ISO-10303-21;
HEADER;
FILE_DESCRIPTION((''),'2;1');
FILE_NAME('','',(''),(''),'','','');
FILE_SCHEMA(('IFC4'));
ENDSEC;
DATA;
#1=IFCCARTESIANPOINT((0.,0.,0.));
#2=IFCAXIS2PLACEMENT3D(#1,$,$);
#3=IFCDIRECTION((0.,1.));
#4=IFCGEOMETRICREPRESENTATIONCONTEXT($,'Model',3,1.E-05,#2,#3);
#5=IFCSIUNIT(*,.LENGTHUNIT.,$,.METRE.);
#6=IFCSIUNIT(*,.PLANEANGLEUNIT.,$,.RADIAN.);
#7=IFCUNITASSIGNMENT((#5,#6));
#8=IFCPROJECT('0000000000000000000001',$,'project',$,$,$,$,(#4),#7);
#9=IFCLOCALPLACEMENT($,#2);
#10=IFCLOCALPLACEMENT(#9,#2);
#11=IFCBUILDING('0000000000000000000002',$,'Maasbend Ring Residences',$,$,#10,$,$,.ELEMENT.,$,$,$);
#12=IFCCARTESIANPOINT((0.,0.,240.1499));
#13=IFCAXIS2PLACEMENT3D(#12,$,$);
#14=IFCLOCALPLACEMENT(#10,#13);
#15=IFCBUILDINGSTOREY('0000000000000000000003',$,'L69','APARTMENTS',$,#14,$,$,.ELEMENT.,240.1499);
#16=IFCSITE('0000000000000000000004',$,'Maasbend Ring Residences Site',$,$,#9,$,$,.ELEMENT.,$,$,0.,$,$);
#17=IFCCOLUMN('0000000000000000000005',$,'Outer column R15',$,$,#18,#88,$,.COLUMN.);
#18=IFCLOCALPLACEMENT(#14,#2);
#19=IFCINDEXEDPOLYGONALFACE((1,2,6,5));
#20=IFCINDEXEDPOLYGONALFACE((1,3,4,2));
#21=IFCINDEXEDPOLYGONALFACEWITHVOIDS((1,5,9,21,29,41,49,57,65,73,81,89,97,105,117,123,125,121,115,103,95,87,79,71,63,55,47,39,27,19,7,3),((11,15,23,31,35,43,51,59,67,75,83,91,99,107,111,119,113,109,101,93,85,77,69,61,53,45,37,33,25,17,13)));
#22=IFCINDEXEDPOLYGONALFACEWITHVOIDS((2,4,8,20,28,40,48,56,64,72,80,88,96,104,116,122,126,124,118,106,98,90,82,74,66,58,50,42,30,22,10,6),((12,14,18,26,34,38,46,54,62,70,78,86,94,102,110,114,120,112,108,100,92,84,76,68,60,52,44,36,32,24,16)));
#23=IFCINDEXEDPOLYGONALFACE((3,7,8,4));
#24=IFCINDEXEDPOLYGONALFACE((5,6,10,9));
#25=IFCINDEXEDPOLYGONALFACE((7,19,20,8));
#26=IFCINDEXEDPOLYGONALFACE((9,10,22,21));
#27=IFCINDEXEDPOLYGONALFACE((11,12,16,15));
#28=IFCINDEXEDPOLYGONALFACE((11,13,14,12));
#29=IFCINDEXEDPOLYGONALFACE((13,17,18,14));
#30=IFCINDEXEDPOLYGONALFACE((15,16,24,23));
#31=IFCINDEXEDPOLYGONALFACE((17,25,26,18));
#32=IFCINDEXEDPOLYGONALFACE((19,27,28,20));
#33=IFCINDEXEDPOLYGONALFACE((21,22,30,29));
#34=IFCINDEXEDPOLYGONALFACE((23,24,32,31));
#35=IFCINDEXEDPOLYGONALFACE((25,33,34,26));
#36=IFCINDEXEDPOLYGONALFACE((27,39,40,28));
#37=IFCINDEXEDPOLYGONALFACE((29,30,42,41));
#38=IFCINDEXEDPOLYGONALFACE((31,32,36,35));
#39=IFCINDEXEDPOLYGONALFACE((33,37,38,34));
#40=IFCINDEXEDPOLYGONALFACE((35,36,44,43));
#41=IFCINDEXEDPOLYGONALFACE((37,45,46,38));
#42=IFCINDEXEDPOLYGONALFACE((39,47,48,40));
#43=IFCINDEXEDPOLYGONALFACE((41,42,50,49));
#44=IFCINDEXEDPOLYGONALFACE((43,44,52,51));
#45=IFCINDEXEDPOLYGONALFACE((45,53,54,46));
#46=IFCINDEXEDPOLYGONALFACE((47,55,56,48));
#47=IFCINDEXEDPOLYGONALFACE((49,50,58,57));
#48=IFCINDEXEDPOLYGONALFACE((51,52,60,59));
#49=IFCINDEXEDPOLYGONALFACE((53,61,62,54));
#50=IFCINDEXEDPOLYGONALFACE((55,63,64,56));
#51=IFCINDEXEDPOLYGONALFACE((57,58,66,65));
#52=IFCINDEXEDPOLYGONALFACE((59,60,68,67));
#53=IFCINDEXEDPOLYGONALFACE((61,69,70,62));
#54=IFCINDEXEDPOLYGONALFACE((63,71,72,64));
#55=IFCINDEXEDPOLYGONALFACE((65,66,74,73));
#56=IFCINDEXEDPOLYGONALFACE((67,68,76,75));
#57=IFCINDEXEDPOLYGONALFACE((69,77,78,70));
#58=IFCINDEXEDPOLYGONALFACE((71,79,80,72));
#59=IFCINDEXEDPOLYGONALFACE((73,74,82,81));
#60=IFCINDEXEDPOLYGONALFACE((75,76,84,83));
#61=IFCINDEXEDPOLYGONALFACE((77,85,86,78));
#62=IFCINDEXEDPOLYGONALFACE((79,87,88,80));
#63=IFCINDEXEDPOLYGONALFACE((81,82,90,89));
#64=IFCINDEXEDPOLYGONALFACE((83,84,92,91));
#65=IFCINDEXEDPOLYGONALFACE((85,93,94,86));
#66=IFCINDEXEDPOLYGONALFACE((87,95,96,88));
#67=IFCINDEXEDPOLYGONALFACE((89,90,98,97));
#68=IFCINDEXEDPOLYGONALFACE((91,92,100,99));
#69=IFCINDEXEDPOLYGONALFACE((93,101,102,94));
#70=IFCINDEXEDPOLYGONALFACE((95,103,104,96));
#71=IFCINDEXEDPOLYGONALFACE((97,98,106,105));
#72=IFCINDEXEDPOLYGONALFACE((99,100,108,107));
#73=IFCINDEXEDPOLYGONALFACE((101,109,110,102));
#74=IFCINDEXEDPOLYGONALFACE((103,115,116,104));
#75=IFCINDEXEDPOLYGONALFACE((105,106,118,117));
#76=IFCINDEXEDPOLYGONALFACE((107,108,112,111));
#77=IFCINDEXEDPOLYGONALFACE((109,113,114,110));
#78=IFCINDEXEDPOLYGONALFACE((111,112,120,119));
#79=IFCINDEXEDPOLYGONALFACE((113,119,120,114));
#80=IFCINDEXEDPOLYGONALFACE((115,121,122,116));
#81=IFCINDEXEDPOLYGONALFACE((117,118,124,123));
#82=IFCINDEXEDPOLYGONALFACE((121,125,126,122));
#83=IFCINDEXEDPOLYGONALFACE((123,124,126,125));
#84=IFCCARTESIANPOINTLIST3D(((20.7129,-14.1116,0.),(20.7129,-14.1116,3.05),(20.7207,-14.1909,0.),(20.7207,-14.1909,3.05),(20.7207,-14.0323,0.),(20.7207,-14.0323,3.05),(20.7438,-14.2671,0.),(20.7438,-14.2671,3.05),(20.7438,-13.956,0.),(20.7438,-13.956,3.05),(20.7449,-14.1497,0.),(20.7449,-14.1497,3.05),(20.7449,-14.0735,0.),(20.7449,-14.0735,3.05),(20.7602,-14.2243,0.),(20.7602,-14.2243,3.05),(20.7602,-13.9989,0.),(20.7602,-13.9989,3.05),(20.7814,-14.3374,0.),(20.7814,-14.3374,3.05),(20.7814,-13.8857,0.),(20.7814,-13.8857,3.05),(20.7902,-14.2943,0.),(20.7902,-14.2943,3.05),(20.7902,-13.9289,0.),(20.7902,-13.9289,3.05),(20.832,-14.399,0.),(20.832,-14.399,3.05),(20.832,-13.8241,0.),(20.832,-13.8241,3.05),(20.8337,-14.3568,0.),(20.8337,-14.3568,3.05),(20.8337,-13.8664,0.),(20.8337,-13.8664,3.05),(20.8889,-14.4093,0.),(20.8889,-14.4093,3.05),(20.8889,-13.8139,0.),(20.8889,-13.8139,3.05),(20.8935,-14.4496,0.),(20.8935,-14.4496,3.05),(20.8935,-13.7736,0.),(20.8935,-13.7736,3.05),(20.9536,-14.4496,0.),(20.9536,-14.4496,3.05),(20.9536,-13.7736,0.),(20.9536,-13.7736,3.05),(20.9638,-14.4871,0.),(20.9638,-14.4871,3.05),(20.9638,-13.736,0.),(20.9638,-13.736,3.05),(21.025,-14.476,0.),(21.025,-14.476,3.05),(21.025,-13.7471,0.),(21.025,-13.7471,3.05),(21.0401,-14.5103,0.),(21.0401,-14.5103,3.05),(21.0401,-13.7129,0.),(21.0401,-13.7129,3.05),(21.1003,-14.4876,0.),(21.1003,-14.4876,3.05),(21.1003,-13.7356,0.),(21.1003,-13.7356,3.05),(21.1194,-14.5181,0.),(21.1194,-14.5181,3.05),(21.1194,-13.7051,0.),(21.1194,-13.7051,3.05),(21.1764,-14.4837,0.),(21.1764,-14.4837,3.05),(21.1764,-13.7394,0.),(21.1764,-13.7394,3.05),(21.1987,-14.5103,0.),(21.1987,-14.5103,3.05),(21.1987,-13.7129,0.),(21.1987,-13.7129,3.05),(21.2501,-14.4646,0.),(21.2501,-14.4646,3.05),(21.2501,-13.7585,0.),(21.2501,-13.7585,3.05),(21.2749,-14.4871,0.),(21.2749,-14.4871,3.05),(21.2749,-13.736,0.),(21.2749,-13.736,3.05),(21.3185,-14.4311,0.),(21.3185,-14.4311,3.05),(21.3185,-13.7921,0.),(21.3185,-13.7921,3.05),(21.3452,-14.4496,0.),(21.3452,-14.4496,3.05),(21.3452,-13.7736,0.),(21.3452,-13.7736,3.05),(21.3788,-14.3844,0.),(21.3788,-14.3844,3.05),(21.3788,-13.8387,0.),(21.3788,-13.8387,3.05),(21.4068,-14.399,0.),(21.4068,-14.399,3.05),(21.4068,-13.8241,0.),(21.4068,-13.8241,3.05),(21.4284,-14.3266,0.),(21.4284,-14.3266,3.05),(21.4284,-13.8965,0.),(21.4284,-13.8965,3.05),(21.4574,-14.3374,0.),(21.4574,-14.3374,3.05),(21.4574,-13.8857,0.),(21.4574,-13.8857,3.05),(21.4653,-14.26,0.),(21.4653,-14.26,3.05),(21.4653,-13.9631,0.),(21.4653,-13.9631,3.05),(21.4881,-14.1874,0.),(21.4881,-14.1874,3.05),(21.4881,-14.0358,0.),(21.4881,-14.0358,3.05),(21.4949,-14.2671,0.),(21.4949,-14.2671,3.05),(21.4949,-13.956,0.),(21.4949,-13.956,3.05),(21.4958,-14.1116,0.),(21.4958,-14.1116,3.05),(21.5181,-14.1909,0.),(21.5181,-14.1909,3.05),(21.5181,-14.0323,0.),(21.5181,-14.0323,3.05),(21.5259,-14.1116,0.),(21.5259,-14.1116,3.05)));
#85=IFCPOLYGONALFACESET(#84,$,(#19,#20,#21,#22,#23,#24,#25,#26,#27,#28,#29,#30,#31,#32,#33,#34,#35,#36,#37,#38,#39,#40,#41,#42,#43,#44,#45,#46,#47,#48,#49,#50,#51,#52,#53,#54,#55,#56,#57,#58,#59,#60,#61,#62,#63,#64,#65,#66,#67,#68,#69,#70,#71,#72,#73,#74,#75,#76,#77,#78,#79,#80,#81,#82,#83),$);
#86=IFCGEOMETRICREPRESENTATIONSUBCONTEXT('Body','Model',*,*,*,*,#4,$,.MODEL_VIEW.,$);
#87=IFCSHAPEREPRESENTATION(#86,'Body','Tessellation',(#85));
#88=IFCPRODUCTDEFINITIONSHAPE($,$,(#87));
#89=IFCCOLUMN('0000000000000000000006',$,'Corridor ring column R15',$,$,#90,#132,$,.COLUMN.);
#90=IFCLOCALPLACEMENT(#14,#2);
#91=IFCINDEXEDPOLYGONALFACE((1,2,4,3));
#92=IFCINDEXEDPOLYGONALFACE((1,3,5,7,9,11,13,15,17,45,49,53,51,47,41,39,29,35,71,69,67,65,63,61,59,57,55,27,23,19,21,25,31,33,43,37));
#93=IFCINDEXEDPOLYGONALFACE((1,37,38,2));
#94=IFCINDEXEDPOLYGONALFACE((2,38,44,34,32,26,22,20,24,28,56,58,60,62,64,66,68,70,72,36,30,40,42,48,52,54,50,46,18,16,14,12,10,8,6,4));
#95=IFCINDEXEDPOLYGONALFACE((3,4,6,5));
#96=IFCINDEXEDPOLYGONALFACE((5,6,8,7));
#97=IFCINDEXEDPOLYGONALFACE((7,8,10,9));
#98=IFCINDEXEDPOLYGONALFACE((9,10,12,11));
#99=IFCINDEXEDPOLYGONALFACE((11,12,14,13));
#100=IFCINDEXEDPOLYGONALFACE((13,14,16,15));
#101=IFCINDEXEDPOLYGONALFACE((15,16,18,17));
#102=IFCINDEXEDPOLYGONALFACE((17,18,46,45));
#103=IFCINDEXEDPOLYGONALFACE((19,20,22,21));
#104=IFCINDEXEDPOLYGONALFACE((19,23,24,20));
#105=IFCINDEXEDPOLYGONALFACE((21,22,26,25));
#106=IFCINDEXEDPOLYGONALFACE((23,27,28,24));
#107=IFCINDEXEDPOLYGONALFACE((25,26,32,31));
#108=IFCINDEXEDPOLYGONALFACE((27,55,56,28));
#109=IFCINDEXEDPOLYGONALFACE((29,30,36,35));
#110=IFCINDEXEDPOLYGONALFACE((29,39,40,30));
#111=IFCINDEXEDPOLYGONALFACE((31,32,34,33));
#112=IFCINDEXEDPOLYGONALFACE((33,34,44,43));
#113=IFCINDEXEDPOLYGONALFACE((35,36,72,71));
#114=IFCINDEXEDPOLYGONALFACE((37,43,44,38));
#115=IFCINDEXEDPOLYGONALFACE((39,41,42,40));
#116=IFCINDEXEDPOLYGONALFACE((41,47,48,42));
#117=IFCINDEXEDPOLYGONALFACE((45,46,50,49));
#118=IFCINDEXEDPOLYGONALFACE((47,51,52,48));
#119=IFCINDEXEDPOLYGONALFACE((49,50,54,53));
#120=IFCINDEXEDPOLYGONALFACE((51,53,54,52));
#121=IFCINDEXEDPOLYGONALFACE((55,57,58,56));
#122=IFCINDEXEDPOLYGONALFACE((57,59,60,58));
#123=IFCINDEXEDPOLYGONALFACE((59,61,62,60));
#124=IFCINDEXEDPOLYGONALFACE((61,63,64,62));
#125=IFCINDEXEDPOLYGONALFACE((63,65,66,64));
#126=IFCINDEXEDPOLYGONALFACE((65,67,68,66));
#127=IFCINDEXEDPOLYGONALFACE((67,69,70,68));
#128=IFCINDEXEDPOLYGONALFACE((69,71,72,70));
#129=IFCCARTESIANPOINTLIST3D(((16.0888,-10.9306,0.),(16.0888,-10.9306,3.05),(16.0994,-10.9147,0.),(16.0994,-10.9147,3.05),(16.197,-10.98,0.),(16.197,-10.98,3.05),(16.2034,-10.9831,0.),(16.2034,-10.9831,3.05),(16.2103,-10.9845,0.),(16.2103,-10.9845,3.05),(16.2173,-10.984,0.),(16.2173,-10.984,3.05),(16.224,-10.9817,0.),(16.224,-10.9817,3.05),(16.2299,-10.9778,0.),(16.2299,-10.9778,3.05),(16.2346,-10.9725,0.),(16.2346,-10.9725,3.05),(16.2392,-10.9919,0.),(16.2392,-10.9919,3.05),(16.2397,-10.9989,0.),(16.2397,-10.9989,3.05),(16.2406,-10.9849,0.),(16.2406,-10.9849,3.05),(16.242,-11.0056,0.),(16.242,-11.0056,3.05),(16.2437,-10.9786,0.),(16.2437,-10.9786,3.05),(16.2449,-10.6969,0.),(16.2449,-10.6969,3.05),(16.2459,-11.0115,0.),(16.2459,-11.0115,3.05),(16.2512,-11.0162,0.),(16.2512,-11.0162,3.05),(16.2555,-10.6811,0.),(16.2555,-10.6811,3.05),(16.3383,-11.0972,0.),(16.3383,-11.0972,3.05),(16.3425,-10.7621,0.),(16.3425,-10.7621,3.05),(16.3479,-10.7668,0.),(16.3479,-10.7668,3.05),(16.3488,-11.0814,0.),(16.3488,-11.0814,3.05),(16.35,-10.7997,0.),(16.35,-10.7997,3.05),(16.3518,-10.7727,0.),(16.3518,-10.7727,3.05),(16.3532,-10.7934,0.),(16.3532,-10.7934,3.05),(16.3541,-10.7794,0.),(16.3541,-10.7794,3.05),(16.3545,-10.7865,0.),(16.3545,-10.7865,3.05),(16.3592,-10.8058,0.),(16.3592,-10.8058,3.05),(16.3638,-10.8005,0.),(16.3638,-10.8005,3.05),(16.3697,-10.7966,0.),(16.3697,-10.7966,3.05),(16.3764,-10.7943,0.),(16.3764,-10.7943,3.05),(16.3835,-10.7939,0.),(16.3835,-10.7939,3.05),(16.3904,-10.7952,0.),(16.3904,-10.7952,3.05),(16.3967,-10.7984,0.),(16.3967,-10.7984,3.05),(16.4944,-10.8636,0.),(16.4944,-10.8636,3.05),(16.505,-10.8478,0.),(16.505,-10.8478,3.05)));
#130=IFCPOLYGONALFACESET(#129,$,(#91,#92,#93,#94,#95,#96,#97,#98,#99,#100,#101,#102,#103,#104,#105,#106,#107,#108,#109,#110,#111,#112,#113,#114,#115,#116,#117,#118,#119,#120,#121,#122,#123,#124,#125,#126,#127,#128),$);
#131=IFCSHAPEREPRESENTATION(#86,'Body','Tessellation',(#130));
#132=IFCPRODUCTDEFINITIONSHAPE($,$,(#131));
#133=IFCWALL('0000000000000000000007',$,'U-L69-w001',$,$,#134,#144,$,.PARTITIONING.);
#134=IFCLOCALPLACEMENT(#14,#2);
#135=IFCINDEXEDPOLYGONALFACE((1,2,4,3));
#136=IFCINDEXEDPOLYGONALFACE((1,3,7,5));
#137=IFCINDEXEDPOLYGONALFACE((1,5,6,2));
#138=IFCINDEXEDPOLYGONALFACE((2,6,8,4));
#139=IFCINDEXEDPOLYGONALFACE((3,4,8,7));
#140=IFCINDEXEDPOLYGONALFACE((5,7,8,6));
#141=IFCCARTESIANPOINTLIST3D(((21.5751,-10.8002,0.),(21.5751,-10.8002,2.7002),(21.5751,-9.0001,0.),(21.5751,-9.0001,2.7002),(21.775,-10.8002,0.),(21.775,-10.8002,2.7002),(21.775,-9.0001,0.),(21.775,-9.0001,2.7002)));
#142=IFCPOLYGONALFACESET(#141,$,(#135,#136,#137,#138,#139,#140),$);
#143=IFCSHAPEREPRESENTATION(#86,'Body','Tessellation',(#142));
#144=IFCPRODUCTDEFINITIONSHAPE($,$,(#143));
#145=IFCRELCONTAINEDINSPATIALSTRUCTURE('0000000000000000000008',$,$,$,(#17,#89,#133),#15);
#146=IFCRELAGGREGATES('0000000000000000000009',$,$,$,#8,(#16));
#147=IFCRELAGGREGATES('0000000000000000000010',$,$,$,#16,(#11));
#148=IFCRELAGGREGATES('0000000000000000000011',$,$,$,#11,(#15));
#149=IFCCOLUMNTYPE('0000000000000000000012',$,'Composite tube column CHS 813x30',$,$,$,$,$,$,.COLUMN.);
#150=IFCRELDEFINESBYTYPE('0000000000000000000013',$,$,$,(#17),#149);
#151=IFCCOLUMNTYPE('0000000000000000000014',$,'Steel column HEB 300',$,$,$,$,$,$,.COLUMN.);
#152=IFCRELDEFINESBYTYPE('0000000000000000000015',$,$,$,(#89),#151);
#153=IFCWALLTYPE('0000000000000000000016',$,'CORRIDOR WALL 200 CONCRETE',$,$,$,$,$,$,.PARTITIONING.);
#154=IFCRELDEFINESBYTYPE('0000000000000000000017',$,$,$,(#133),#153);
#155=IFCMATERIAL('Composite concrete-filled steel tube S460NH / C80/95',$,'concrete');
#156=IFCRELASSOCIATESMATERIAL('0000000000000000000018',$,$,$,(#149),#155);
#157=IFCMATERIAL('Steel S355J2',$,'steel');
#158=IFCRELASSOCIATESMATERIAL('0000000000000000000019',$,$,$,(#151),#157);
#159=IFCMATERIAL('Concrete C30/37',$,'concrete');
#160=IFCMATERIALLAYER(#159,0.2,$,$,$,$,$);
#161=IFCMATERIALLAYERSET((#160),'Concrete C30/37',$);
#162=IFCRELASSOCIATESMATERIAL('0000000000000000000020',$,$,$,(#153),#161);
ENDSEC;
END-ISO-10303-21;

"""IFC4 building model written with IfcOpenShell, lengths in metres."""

from ifc_helpers import new_model, si_unit, direction, frame, frame_2d, origin, origin_2d, place, context, subcontext, project, spatial, rectangle, hollow_circle, i_section, extrude, material, layer, layer_set, material_profile, profile_set, type_object, element, save


model = new_model("IFC4")

# Units and contexts
model_context = context("Model", 3, precision=1e-05, world=origin(), true_north=direction((0.0, 1.0)))
body_context = subcontext(model_context, "Body", "Model", "MODEL_VIEW")
ifc_project = project(units=[si_unit("LENGTHUNIT", "METRE"), si_unit("PLANEANGLEUNIT", "RADIAN")], contexts=[model_context])

# Site, building, storey
site_placement = place(None, origin())
site = spatial("IfcSite", under=ifc_project, at=site_placement, Name="Maasbend Ring Residences Site", CompositionType="ELEMENT", RefElevation=0.0)
building_placement = place(site_placement, origin())
building = spatial("IfcBuilding", under=site, at=building_placement, Name="Maasbend Ring Residences", CompositionType="ELEMENT")
storey_placement = place(building_placement, frame((0.0, 0.0, 240.1499)))
storey = spatial("IfcBuildingStorey", under=building, at=storey_placement, Name="L69", Description="APARTMENTS", CompositionType="ELEMENT", Elevation=240.1499)

# Columns
ifc_material_1 = material(Name="Composite concrete-filled steel tube S460NH / C80/95", Category="concrete")
ifc_material_profile_1 = material_profile(ifc_material_1, hollow_circle(Radius=0.4065, WallThickness=0.03, at=origin_2d()), Name="Composite tube column CHS 813x30")
ifc_profile_set_1 = profile_set([ifc_material_profile_1], Name="Composite concrete-filled steel tube S460NH / C80/95")
column_type_1 = type_object("IfcColumnType", Name="Composite tube column CHS 813x30", PredefinedType="COLUMN", material=ifc_profile_set_1)
column_1_placement = place(storey_placement, frame((21.1194, -14.1116, 0.0), z_axis=(0.0, 0.0, 1.0), x_axis=(1.0, 0.0, 0.0)))
element("IfcColumn", 1, at=column_1_placement, inside=storey, type_object=column_type_1, Name="Outer column R15", PredefinedType="COLUMN", context=body_context, shape_type="SweptSolid", body=[
    extrude(hollow_circle(Radius=0.4065, WallThickness=0.03, at=origin_2d()), origin(), (0.0, 0.0, 1.0), 3.05),
])
ifc_material_2 = material(Name="Steel S355J2", Category="steel")
ifc_material_profile_2 = material_profile(ifc_material_2, i_section(OverallWidth=0.3, OverallDepth=0.3, WebThickness=0.011, FlangeThickness=0.019, FilletRadius=0.0271, at=origin_2d()), Name="HEB 300")
ifc_profile_set_2 = profile_set([ifc_material_profile_2], Name="Steel S355J2")
column_type_2 = type_object("IfcColumnType", Name="Steel column HEB 300", PredefinedType="COLUMN", material=ifc_profile_set_2)
column_2_placement = place(storey_placement, frame((16.2969, -10.8892, 0.0), z_axis=(0.0, 0.0, 1.0), x_axis=(0.83147, -0.55557, 0.0)))
element("IfcColumn", 2, at=column_2_placement, inside=storey, type_object=column_type_2, Name="Corridor ring column R15", PredefinedType="COLUMN", context=body_context, shape_type="SweptSolid", body=[
    extrude(i_section(OverallWidth=0.3, OverallDepth=0.3, WebThickness=0.011, FlangeThickness=0.019, FilletRadius=0.0271, at=origin_2d()), origin(), (0.0, 0.0, 1.0), 3.05),
])

# Wall
ifc_material_3 = material(Name="Concrete C30/37", Category="concrete")
ifc_layer_1 = layer(ifc_material_3, 0.2)
ifc_layer_set_1 = layer_set([ifc_layer_1], Name="Concrete C30/37")
wall_type_1 = type_object("IfcWallType", Name="CORRIDOR WALL 200 CONCRETE", PredefinedType="PARTITIONING", material=ifc_layer_set_1)
wall_1_placement = place(storey_placement, frame((21.675, -10.8, 0.0), z_axis=(0.0, 0.0, 1.0), x_axis=(0.0, 1.0, 0.0)))
element("IfcWall", 3, at=wall_1_placement, inside=storey, type_object=wall_type_1, Name="U-L69-w001", PredefinedType="PARTITIONING", context=body_context, shape_type="SweptSolid", body=[
    extrude(rectangle(XDim=1.8, YDim=0.2, at=frame_2d((0.8999, 0.0))), origin(), (0.0, 0.0, 1.0), 2.7002),
])

save(model, "model.ifc")
